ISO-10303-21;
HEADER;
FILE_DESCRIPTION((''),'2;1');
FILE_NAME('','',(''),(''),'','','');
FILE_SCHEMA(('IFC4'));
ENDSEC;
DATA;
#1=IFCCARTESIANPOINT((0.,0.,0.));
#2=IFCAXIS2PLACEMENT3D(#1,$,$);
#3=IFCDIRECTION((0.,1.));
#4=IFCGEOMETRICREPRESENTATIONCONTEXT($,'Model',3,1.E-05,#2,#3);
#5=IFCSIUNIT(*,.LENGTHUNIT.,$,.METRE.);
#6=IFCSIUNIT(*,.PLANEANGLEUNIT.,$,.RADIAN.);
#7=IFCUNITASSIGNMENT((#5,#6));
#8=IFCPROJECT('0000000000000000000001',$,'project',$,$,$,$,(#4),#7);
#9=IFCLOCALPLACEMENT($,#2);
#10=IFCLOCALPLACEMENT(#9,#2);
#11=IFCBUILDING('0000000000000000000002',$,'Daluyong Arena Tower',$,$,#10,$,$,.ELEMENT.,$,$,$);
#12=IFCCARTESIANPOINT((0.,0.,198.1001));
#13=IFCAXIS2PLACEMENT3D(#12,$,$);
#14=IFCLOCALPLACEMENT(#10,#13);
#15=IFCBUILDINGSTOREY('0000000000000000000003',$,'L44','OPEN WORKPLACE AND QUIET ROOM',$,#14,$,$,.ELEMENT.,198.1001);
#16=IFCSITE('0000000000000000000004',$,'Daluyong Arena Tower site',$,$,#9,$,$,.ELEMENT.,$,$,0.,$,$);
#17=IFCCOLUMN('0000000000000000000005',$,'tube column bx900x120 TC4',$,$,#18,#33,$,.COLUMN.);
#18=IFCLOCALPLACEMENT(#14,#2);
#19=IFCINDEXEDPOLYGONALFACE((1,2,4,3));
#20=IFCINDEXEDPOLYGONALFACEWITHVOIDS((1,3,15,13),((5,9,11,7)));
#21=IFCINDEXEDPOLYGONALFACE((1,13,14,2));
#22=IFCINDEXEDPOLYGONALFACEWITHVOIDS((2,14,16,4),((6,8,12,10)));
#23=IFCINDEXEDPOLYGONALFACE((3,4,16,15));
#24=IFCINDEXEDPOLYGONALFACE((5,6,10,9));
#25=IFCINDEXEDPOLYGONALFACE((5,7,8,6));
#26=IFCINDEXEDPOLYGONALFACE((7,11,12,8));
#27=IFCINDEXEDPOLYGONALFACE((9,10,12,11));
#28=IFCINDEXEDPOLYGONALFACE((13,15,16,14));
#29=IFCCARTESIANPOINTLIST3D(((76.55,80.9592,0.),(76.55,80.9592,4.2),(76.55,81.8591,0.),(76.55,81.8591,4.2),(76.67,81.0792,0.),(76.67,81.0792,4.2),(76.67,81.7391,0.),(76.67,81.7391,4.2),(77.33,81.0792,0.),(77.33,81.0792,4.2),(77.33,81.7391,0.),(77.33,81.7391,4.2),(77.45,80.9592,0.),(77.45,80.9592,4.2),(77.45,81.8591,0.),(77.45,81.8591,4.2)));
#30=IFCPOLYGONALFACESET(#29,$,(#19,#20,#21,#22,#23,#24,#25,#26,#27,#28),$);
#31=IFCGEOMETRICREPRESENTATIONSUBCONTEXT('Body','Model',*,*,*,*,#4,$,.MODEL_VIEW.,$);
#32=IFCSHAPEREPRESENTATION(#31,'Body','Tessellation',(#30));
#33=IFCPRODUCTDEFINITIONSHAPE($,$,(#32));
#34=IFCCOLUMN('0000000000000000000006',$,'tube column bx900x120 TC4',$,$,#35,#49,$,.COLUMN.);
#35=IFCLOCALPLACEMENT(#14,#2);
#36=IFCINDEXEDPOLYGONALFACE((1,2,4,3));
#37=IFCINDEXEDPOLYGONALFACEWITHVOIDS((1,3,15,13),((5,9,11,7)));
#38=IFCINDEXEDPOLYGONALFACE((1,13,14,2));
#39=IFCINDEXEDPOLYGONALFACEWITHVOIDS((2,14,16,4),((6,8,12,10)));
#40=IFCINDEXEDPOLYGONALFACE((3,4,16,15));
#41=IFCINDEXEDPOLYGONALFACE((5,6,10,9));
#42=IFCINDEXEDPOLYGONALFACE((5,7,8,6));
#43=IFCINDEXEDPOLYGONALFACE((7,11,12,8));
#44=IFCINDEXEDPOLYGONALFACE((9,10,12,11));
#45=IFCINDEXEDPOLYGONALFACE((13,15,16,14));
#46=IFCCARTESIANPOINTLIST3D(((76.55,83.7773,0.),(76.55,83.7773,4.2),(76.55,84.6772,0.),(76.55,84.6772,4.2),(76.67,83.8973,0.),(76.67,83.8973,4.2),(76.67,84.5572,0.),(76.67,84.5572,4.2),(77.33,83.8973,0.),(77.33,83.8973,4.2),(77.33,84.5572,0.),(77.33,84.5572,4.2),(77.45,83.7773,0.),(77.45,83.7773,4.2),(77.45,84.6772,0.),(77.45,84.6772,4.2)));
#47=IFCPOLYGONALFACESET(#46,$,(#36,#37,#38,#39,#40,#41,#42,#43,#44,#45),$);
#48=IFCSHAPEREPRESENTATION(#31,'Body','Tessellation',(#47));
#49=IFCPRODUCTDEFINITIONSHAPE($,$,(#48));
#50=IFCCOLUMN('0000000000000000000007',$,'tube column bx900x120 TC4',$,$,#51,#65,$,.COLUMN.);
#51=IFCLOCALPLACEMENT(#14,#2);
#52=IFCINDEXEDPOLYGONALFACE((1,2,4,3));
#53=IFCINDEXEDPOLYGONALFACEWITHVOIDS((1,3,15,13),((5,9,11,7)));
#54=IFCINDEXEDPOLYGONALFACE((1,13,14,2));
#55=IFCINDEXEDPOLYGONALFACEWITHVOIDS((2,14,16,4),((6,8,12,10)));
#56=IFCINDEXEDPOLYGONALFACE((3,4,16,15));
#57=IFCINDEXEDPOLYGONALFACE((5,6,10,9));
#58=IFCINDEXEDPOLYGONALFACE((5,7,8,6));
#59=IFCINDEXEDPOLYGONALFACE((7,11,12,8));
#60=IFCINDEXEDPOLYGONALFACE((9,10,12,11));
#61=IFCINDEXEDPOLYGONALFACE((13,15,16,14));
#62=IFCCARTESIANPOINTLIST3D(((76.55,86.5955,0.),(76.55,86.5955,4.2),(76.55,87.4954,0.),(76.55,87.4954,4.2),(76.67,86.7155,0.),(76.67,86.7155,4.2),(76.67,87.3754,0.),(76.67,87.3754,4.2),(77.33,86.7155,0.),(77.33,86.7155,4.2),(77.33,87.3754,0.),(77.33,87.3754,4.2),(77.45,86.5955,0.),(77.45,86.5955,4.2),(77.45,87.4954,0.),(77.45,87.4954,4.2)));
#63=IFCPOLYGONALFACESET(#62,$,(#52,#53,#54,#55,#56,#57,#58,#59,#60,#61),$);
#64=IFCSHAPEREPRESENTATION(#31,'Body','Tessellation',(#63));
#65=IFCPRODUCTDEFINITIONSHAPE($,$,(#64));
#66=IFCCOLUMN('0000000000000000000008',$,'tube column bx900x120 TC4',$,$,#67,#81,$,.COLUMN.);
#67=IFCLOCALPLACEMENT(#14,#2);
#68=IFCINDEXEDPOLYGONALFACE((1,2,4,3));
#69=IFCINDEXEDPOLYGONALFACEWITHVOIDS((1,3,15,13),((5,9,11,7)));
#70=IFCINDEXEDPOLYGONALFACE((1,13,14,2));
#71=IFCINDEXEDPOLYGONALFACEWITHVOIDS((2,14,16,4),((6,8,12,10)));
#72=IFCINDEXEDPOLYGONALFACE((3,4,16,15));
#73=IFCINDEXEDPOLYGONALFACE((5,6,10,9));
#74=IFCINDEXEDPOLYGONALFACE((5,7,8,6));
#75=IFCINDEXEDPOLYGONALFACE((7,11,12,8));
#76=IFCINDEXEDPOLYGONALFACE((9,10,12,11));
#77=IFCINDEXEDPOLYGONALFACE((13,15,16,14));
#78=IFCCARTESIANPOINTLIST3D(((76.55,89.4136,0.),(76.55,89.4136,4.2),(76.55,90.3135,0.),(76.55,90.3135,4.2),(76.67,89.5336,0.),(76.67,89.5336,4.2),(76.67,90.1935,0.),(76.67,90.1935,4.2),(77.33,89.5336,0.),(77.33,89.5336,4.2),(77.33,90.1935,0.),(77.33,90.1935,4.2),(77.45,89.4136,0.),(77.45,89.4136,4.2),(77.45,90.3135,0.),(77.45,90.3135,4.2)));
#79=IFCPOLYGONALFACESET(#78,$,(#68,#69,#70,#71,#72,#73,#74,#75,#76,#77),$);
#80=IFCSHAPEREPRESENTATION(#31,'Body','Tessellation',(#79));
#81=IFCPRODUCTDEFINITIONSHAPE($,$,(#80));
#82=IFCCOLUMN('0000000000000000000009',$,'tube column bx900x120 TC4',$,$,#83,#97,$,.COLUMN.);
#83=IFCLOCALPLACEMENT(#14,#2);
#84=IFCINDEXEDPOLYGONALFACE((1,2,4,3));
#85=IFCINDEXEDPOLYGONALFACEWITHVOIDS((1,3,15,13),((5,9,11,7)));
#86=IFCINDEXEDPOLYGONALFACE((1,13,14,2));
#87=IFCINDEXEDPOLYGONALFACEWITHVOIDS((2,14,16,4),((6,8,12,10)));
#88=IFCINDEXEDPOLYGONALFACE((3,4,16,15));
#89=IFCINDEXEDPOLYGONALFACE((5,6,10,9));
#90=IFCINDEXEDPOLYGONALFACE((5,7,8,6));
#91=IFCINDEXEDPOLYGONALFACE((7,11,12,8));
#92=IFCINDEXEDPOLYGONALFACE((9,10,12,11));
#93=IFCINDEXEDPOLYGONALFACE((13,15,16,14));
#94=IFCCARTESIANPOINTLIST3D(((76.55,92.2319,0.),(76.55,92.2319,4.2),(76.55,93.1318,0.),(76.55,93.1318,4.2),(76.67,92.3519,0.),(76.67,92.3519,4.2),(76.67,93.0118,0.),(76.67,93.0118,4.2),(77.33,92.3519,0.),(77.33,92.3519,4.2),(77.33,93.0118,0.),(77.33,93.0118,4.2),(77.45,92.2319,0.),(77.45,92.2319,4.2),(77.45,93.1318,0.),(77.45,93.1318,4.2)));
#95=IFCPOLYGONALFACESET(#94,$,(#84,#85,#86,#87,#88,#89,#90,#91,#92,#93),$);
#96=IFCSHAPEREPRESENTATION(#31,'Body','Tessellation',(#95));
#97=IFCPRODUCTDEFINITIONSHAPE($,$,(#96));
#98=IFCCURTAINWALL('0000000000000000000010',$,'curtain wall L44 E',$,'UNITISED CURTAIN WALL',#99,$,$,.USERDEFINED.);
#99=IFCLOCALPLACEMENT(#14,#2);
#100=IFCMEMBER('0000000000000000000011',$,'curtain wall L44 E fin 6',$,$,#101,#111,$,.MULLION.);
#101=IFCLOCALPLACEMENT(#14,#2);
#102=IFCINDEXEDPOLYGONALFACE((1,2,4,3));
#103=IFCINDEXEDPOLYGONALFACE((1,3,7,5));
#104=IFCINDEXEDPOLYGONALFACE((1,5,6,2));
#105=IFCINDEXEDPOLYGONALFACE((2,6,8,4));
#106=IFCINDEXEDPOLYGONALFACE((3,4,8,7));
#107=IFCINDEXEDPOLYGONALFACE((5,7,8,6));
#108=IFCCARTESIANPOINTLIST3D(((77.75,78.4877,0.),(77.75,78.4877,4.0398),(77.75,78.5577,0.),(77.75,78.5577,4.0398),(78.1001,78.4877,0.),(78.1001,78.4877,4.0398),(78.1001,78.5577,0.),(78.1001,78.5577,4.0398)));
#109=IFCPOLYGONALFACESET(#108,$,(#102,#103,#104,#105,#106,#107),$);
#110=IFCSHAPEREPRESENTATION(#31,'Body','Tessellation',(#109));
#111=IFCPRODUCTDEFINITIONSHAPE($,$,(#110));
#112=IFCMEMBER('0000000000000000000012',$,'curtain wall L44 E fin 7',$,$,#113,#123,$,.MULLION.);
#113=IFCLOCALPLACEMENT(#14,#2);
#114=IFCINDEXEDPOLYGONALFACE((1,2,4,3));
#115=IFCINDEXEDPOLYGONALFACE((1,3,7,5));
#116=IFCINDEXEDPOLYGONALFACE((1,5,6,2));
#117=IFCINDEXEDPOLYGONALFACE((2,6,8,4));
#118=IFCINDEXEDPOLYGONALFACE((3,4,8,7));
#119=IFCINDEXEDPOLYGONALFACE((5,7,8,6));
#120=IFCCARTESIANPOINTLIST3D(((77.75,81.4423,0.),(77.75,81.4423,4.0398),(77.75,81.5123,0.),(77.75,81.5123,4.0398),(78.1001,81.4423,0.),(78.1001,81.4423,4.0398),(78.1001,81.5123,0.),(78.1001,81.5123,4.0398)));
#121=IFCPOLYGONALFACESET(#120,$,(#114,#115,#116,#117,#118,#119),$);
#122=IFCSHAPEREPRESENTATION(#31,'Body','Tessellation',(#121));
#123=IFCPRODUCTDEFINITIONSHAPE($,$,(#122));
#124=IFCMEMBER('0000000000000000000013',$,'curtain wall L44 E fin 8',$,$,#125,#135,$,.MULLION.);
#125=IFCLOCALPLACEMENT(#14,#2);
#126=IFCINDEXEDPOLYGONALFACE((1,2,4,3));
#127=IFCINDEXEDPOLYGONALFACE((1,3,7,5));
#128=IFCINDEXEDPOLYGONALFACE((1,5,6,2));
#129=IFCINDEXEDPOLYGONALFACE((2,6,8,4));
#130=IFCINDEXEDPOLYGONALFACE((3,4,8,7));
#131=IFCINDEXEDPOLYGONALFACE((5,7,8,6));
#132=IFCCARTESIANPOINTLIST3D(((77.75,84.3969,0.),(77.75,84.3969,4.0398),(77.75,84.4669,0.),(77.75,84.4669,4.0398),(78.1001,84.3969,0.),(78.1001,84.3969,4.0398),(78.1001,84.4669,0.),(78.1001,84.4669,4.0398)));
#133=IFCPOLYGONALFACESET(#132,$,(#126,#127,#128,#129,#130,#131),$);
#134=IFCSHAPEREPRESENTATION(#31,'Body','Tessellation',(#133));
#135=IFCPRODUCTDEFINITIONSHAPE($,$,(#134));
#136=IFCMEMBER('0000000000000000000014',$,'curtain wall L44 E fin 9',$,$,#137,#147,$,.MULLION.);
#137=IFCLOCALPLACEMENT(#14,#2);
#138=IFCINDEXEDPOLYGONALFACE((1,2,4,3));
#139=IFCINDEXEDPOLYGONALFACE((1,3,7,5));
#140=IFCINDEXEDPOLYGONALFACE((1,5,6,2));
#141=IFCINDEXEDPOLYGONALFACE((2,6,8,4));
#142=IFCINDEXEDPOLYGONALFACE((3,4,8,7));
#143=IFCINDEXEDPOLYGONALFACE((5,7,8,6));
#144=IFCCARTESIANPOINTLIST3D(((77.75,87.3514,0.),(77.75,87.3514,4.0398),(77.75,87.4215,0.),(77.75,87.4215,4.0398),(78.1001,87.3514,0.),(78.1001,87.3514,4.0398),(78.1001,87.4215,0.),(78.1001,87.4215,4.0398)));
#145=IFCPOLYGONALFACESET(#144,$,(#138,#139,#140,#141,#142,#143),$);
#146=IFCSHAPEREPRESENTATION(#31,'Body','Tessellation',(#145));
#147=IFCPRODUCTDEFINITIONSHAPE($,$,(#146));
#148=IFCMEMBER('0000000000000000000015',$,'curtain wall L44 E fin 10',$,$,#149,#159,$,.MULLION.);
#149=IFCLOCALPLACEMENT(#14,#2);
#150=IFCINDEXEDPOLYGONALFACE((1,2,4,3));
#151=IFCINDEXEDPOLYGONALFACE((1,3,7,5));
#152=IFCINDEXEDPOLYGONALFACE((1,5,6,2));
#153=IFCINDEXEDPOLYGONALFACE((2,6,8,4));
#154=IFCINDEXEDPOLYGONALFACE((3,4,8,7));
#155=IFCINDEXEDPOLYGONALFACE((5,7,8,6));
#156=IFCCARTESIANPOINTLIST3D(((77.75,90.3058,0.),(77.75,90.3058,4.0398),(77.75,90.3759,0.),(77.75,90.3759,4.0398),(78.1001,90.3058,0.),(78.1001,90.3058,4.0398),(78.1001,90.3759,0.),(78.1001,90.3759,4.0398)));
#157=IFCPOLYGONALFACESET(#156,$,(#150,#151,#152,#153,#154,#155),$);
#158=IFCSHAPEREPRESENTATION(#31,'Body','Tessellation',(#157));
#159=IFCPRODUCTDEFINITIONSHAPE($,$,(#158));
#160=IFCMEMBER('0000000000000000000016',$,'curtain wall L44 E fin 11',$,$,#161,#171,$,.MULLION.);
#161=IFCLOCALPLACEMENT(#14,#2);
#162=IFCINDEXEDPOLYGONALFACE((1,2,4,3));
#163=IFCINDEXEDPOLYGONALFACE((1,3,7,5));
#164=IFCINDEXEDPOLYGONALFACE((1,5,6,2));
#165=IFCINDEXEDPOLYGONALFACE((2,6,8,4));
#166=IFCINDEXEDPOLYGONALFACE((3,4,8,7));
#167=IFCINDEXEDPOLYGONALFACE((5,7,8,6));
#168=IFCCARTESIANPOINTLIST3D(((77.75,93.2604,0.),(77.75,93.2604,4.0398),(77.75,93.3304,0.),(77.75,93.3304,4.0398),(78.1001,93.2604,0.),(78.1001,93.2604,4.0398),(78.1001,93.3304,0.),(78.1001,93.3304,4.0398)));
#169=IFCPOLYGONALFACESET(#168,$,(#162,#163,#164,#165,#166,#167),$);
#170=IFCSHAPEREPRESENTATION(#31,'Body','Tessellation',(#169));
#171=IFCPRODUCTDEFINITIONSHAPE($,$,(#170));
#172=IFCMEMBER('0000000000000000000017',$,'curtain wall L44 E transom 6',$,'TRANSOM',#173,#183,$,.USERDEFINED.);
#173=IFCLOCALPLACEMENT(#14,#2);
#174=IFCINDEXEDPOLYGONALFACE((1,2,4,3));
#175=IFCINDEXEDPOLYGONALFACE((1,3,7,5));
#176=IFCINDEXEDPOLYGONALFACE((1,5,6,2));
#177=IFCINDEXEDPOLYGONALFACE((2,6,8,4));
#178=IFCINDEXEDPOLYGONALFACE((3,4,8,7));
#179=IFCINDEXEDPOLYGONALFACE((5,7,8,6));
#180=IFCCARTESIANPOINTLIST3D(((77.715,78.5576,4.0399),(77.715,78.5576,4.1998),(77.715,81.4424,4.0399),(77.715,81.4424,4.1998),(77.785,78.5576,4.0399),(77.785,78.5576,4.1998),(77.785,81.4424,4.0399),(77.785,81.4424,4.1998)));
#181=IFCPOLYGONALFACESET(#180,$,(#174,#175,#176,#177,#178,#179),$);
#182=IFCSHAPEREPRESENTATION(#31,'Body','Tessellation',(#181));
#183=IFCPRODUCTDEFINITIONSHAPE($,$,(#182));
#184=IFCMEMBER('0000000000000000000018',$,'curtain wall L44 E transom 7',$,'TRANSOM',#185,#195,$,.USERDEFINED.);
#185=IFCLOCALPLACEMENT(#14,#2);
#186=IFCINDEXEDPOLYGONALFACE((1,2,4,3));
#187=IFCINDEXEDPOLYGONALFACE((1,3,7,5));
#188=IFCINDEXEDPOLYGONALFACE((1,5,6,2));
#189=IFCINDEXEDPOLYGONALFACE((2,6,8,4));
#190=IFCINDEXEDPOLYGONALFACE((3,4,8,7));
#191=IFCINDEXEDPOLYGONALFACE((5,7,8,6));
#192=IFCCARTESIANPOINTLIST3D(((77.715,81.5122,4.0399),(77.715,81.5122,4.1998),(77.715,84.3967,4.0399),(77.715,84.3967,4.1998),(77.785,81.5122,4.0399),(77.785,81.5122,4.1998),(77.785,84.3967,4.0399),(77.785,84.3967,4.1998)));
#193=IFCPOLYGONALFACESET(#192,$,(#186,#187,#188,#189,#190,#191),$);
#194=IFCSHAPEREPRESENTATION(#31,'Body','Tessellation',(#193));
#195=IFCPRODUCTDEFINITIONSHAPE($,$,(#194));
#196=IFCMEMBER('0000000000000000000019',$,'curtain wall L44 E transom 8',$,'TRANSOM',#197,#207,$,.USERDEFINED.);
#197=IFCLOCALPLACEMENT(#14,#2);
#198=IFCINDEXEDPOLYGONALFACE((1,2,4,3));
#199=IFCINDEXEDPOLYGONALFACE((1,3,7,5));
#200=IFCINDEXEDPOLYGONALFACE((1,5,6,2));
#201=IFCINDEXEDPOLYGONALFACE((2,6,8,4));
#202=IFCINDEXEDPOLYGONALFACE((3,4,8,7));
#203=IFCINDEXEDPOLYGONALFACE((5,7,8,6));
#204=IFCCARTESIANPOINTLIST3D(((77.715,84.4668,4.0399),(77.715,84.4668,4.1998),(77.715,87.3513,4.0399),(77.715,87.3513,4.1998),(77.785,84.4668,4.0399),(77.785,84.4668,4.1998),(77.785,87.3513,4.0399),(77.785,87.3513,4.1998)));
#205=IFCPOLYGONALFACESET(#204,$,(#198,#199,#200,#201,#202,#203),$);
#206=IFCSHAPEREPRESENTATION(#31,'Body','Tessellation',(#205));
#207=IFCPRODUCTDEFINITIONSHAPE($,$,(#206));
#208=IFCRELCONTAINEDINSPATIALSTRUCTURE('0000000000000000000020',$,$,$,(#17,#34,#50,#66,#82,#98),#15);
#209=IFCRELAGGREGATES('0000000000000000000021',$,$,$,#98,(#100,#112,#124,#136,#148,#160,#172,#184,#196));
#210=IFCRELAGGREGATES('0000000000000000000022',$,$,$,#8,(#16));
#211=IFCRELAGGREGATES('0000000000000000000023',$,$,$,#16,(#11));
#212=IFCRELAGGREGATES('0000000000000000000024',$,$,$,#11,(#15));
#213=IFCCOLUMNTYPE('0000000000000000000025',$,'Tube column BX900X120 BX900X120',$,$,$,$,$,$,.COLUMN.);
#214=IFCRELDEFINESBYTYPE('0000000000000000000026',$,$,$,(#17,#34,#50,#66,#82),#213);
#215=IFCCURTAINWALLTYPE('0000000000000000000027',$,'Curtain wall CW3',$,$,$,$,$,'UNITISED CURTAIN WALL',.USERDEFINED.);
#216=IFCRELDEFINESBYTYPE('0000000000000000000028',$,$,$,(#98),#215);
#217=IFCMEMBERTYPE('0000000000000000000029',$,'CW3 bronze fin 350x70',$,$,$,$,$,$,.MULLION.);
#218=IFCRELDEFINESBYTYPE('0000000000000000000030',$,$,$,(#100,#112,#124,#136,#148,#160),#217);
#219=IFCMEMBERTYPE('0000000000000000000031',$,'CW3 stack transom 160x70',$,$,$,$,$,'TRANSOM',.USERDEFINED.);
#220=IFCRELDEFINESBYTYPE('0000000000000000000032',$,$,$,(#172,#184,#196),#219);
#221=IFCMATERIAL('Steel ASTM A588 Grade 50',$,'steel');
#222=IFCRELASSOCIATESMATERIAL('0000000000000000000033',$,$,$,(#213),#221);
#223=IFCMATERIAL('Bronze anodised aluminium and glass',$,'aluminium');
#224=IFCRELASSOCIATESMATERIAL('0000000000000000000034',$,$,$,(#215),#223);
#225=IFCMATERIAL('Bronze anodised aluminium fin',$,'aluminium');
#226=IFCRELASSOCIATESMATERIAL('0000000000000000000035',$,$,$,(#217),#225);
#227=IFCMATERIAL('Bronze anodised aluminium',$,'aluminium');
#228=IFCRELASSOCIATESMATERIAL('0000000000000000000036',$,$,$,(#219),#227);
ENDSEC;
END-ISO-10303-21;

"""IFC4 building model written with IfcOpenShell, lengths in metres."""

from ifc_helpers import new_model, si_unit, direction, frame, origin, origin_2d, place, context, subcontext, project, spatial, rectangle, hollow_rectangle, extrude, material, material_profile, profile_set, type_object, element, aggregate, save


model = new_model("IFC4")

# Units and contexts
model_context = context("Model", 3, precision=1e-05, world=origin(), true_north=direction((0.0, 1.0)))
body_context = subcontext(model_context, "Body", "Model", "MODEL_VIEW")
ifc_project = project(units=[si_unit("LENGTHUNIT", "METRE"), si_unit("PLANEANGLEUNIT", "RADIAN")], contexts=[model_context])

# Site, building, storey
site_placement = place(None, origin())
site = spatial("IfcSite", under=ifc_project, at=site_placement, Name="Daluyong Arena Tower site", CompositionType="ELEMENT", RefElevation=0.0)
building_placement = place(site_placement, origin())
building = spatial("IfcBuilding", under=site, at=building_placement, Name="Daluyong Arena Tower", CompositionType="ELEMENT")
storey_placement = place(building_placement, frame((0.0, 0.0, 198.1001)))
storey = spatial("IfcBuildingStorey", under=building, at=storey_placement, Name="L44", Description="OPEN WORKPLACE AND QUIET ROOM", CompositionType="ELEMENT", Elevation=198.1001)

# Columns
ifc_material_1 = material(Name="Steel ASTM A588 Grade 50", Category="steel")
ifc_material_profile_1 = material_profile(ifc_material_1, hollow_rectangle(XDim=0.8999, YDim=0.8999, WallThickness=0.12, at=origin_2d()))
ifc_profile_set_1 = profile_set([ifc_material_profile_1], Name="Steel ASTM A588 Grade 50")
column_type = type_object("IfcColumnType", Name="Tube column BX900X120 BX900X120", PredefinedType="COLUMN", material=ifc_profile_set_1)
for number, where, z_axis, x_axis, name in (
    (1, (77.0, 81.4092, 0.0), (0.0, 0.0, 1.0), (0.0, 1.0, 0.0), "tube column bx900x120 TC4"),
    (2, (77.0, 84.2273, 0.0), (0.0, 0.0, 1.0), (0.0, 1.0, 0.0), "tube column bx900x120 TC4"),
    (3, (77.0, 87.0454, 0.0), (0.0, 0.0, 1.0), (0.0, 1.0, 0.0), "tube column bx900x120 TC4"),
    (4, (77.0, 89.8635, 0.0), (0.0, 0.0, 1.0), (0.0, 1.0, 0.0), "tube column bx900x120 TC4"),
    (5, (77.0, 92.6819, 0.0), (0.0, 0.0, 1.0), (0.0, 1.0, 0.0), "tube column bx900x120 TC4"),
):
    element("IfcColumn", number, at=place(storey_placement, frame(where, z_axis=z_axis, x_axis=x_axis)), inside=storey, type_object=column_type, Name=name, PredefinedType="COLUMN", context=body_context, shape_type="SweptSolid", body=[
        extrude(hollow_rectangle(XDim=0.8999, YDim=0.8999, WallThickness=0.12, at=origin_2d()), origin(), (0.0, 0.0, 1.0), 4.2),
    ])

# Curtain wall, members
ifc_material_2 = material(Name="Bronze anodised aluminium and glass", Category="aluminium")
curtain_wall_type = type_object("IfcCurtainWallType", Name="Curtain wall CW3", ElementType="UNITISED CURTAIN WALL", PredefinedType="USERDEFINED", material=ifc_material_2)
curtain_wall_placement = place(storey_placement, origin())
curtain_wall = element("IfcCurtainWall", 6, at=curtain_wall_placement, inside=storey, type_object=curtain_wall_type, Name="curtain wall L44 E", ObjectType="UNITISED CURTAIN WALL", PredefinedType="USERDEFINED")
ifc_material_3 = material(Name="Bronze anodised aluminium fin", Category="aluminium")
ifc_material_profile_2 = material_profile(ifc_material_3, rectangle(XDim=0.3501, YDim=0.0701, at=origin_2d()))
ifc_profile_set_2 = profile_set([ifc_material_profile_2], Name="Bronze anodised aluminium fin")
member_type_1 = type_object("IfcMemberType", Name="CW3 bronze fin 350x70", PredefinedType="MULLION", material=ifc_profile_set_2)
member_1_placement = place(storey_placement, frame((77.925, 78.5227, 0.0), z_axis=(0.0, 0.0, 1.0), x_axis=(-1.0, 0.0, 0.0)))
member_1 = element("IfcMember", 7, at=member_1_placement, type_object=member_type_1, Name="curtain wall L44 E fin 6", PredefinedType="MULLION", context=body_context, shape_type="SweptSolid", body=[
    extrude(rectangle(XDim=0.3501, YDim=0.0701, at=origin_2d()), origin(), (0.0, 0.0, 1.0), 4.0398),
])
member_2_placement = place(storey_placement, frame((77.925, 81.4773, 0.0), z_axis=(0.0, 0.0, 1.0), x_axis=(-1.0, 0.0, 0.0)))
member_2 = element("IfcMember", 8, at=member_2_placement, type_object=member_type_1, Name="curtain wall L44 E fin 7", PredefinedType="MULLION", context=body_context, shape_type="SweptSolid", body=[
    extrude(rectangle(XDim=0.3501, YDim=0.0701, at=origin_2d()), origin(), (0.0, 0.0, 1.0), 4.0398),
])
member_3_placement = place(storey_placement, frame((77.925, 84.4319, 0.0), z_axis=(0.0, 0.0, 1.0), x_axis=(-1.0, 0.0, 0.0)))
member_3 = element("IfcMember", 9, at=member_3_placement, type_object=member_type_1, Name="curtain wall L44 E fin 8", PredefinedType="MULLION", context=body_context, shape_type="SweptSolid", body=[
    extrude(rectangle(XDim=0.3501, YDim=0.0701, at=origin_2d()), origin(), (0.0, 0.0, 1.0), 4.0398),
])
member_4_placement = place(storey_placement, frame((77.925, 87.3865, 0.0), z_axis=(0.0, 0.0, 1.0), x_axis=(-1.0, 0.0, 0.0)))
member_4 = element("IfcMember", 10, at=member_4_placement, type_object=member_type_1, Name="curtain wall L44 E fin 9", PredefinedType="MULLION", context=body_context, shape_type="SweptSolid", body=[
    extrude(rectangle(XDim=0.3501, YDim=0.0701, at=origin_2d()), origin(), (0.0, 0.0, 1.0), 4.0398),
])
member_5_placement = place(storey_placement, frame((77.925, 90.3408, 0.0), z_axis=(0.0, 0.0, 1.0), x_axis=(-1.0, 0.0, 0.0)))
member_5 = element("IfcMember", 11, at=member_5_placement, type_object=member_type_1, Name="curtain wall L44 E fin 10", PredefinedType="MULLION", context=body_context, shape_type="SweptSolid", body=[
    extrude(rectangle(XDim=0.3501, YDim=0.0701, at=origin_2d()), origin(), (0.0, 0.0, 1.0), 4.0398),
])
member_6_placement = place(storey_placement, frame((77.925, 93.2954, 0.0), z_axis=(0.0, 0.0, 1.0), x_axis=(-1.0, 0.0, 0.0)))
member_6 = element("IfcMember", 12, at=member_6_placement, type_object=member_type_1, Name="curtain wall L44 E fin 11", PredefinedType="MULLION", context=body_context, shape_type="SweptSolid", body=[
    extrude(rectangle(XDim=0.3501, YDim=0.0701, at=origin_2d()), origin(), (0.0, 0.0, 1.0), 4.0398),
])
ifc_material_4 = material(Name="Bronze anodised aluminium", Category="aluminium")
ifc_material_profile_3 = material_profile(ifc_material_4, rectangle(XDim=0.0701, YDim=0.1599, at=origin_2d()))
ifc_profile_set_3 = profile_set([ifc_material_profile_3], Name="Bronze anodised aluminium")
member_type_2 = type_object("IfcMemberType", Name="CW3 stack transom 160x70", ElementType="TRANSOM", PredefinedType="USERDEFINED", material=ifc_profile_set_3)
member_7_placement = place(storey_placement, frame((77.75, 78.5576, 4.1199), z_axis=(0.0, 1.0, 0.0), x_axis=(-1.0, 0.0, 0.0)))
member_7 = element("IfcMember", 13, at=member_7_placement, type_object=member_type_2, Name="curtain wall L44 E transom 6", ObjectType="TRANSOM", PredefinedType="USERDEFINED", context=body_context, shape_type="SweptSolid", body=[
    extrude(rectangle(XDim=0.0701, YDim=0.1599, at=origin_2d()), origin(), (0.0, 0.0, 1.0), 2.8848),
])
member_8_placement = place(storey_placement, frame((77.75, 81.5122, 4.1199), z_axis=(0.0, 1.0, 0.0), x_axis=(-1.0, 0.0, 0.0)))
member_8 = element("IfcMember", 14, at=member_8_placement, type_object=member_type_2, Name="curtain wall L44 E transom 7", ObjectType="TRANSOM", PredefinedType="USERDEFINED", context=body_context, shape_type="SweptSolid", body=[
    extrude(rectangle(XDim=0.0701, YDim=0.1599, at=origin_2d()), origin(), (0.0, 0.0, 1.0), 2.8845),
])
member_9_placement = place(storey_placement, frame((77.75, 84.4668, 4.1199), z_axis=(0.0, 1.0, 0.0), x_axis=(-1.0, 0.0, 0.0)))
member_9 = element("IfcMember", 15, at=member_9_placement, type_object=member_type_2, Name="curtain wall L44 E transom 8", ObjectType="TRANSOM", PredefinedType="USERDEFINED", context=body_context, shape_type="SweptSolid", body=[
    extrude(rectangle(XDim=0.0701, YDim=0.1599, at=origin_2d()), origin(), (0.0, 0.0, 1.0), 2.8845),
])

aggregate(curtain_wall, [member_1, member_2, member_3, member_4, member_5, member_6, member_7, member_8, member_9])

save(model, "model.ifc")
